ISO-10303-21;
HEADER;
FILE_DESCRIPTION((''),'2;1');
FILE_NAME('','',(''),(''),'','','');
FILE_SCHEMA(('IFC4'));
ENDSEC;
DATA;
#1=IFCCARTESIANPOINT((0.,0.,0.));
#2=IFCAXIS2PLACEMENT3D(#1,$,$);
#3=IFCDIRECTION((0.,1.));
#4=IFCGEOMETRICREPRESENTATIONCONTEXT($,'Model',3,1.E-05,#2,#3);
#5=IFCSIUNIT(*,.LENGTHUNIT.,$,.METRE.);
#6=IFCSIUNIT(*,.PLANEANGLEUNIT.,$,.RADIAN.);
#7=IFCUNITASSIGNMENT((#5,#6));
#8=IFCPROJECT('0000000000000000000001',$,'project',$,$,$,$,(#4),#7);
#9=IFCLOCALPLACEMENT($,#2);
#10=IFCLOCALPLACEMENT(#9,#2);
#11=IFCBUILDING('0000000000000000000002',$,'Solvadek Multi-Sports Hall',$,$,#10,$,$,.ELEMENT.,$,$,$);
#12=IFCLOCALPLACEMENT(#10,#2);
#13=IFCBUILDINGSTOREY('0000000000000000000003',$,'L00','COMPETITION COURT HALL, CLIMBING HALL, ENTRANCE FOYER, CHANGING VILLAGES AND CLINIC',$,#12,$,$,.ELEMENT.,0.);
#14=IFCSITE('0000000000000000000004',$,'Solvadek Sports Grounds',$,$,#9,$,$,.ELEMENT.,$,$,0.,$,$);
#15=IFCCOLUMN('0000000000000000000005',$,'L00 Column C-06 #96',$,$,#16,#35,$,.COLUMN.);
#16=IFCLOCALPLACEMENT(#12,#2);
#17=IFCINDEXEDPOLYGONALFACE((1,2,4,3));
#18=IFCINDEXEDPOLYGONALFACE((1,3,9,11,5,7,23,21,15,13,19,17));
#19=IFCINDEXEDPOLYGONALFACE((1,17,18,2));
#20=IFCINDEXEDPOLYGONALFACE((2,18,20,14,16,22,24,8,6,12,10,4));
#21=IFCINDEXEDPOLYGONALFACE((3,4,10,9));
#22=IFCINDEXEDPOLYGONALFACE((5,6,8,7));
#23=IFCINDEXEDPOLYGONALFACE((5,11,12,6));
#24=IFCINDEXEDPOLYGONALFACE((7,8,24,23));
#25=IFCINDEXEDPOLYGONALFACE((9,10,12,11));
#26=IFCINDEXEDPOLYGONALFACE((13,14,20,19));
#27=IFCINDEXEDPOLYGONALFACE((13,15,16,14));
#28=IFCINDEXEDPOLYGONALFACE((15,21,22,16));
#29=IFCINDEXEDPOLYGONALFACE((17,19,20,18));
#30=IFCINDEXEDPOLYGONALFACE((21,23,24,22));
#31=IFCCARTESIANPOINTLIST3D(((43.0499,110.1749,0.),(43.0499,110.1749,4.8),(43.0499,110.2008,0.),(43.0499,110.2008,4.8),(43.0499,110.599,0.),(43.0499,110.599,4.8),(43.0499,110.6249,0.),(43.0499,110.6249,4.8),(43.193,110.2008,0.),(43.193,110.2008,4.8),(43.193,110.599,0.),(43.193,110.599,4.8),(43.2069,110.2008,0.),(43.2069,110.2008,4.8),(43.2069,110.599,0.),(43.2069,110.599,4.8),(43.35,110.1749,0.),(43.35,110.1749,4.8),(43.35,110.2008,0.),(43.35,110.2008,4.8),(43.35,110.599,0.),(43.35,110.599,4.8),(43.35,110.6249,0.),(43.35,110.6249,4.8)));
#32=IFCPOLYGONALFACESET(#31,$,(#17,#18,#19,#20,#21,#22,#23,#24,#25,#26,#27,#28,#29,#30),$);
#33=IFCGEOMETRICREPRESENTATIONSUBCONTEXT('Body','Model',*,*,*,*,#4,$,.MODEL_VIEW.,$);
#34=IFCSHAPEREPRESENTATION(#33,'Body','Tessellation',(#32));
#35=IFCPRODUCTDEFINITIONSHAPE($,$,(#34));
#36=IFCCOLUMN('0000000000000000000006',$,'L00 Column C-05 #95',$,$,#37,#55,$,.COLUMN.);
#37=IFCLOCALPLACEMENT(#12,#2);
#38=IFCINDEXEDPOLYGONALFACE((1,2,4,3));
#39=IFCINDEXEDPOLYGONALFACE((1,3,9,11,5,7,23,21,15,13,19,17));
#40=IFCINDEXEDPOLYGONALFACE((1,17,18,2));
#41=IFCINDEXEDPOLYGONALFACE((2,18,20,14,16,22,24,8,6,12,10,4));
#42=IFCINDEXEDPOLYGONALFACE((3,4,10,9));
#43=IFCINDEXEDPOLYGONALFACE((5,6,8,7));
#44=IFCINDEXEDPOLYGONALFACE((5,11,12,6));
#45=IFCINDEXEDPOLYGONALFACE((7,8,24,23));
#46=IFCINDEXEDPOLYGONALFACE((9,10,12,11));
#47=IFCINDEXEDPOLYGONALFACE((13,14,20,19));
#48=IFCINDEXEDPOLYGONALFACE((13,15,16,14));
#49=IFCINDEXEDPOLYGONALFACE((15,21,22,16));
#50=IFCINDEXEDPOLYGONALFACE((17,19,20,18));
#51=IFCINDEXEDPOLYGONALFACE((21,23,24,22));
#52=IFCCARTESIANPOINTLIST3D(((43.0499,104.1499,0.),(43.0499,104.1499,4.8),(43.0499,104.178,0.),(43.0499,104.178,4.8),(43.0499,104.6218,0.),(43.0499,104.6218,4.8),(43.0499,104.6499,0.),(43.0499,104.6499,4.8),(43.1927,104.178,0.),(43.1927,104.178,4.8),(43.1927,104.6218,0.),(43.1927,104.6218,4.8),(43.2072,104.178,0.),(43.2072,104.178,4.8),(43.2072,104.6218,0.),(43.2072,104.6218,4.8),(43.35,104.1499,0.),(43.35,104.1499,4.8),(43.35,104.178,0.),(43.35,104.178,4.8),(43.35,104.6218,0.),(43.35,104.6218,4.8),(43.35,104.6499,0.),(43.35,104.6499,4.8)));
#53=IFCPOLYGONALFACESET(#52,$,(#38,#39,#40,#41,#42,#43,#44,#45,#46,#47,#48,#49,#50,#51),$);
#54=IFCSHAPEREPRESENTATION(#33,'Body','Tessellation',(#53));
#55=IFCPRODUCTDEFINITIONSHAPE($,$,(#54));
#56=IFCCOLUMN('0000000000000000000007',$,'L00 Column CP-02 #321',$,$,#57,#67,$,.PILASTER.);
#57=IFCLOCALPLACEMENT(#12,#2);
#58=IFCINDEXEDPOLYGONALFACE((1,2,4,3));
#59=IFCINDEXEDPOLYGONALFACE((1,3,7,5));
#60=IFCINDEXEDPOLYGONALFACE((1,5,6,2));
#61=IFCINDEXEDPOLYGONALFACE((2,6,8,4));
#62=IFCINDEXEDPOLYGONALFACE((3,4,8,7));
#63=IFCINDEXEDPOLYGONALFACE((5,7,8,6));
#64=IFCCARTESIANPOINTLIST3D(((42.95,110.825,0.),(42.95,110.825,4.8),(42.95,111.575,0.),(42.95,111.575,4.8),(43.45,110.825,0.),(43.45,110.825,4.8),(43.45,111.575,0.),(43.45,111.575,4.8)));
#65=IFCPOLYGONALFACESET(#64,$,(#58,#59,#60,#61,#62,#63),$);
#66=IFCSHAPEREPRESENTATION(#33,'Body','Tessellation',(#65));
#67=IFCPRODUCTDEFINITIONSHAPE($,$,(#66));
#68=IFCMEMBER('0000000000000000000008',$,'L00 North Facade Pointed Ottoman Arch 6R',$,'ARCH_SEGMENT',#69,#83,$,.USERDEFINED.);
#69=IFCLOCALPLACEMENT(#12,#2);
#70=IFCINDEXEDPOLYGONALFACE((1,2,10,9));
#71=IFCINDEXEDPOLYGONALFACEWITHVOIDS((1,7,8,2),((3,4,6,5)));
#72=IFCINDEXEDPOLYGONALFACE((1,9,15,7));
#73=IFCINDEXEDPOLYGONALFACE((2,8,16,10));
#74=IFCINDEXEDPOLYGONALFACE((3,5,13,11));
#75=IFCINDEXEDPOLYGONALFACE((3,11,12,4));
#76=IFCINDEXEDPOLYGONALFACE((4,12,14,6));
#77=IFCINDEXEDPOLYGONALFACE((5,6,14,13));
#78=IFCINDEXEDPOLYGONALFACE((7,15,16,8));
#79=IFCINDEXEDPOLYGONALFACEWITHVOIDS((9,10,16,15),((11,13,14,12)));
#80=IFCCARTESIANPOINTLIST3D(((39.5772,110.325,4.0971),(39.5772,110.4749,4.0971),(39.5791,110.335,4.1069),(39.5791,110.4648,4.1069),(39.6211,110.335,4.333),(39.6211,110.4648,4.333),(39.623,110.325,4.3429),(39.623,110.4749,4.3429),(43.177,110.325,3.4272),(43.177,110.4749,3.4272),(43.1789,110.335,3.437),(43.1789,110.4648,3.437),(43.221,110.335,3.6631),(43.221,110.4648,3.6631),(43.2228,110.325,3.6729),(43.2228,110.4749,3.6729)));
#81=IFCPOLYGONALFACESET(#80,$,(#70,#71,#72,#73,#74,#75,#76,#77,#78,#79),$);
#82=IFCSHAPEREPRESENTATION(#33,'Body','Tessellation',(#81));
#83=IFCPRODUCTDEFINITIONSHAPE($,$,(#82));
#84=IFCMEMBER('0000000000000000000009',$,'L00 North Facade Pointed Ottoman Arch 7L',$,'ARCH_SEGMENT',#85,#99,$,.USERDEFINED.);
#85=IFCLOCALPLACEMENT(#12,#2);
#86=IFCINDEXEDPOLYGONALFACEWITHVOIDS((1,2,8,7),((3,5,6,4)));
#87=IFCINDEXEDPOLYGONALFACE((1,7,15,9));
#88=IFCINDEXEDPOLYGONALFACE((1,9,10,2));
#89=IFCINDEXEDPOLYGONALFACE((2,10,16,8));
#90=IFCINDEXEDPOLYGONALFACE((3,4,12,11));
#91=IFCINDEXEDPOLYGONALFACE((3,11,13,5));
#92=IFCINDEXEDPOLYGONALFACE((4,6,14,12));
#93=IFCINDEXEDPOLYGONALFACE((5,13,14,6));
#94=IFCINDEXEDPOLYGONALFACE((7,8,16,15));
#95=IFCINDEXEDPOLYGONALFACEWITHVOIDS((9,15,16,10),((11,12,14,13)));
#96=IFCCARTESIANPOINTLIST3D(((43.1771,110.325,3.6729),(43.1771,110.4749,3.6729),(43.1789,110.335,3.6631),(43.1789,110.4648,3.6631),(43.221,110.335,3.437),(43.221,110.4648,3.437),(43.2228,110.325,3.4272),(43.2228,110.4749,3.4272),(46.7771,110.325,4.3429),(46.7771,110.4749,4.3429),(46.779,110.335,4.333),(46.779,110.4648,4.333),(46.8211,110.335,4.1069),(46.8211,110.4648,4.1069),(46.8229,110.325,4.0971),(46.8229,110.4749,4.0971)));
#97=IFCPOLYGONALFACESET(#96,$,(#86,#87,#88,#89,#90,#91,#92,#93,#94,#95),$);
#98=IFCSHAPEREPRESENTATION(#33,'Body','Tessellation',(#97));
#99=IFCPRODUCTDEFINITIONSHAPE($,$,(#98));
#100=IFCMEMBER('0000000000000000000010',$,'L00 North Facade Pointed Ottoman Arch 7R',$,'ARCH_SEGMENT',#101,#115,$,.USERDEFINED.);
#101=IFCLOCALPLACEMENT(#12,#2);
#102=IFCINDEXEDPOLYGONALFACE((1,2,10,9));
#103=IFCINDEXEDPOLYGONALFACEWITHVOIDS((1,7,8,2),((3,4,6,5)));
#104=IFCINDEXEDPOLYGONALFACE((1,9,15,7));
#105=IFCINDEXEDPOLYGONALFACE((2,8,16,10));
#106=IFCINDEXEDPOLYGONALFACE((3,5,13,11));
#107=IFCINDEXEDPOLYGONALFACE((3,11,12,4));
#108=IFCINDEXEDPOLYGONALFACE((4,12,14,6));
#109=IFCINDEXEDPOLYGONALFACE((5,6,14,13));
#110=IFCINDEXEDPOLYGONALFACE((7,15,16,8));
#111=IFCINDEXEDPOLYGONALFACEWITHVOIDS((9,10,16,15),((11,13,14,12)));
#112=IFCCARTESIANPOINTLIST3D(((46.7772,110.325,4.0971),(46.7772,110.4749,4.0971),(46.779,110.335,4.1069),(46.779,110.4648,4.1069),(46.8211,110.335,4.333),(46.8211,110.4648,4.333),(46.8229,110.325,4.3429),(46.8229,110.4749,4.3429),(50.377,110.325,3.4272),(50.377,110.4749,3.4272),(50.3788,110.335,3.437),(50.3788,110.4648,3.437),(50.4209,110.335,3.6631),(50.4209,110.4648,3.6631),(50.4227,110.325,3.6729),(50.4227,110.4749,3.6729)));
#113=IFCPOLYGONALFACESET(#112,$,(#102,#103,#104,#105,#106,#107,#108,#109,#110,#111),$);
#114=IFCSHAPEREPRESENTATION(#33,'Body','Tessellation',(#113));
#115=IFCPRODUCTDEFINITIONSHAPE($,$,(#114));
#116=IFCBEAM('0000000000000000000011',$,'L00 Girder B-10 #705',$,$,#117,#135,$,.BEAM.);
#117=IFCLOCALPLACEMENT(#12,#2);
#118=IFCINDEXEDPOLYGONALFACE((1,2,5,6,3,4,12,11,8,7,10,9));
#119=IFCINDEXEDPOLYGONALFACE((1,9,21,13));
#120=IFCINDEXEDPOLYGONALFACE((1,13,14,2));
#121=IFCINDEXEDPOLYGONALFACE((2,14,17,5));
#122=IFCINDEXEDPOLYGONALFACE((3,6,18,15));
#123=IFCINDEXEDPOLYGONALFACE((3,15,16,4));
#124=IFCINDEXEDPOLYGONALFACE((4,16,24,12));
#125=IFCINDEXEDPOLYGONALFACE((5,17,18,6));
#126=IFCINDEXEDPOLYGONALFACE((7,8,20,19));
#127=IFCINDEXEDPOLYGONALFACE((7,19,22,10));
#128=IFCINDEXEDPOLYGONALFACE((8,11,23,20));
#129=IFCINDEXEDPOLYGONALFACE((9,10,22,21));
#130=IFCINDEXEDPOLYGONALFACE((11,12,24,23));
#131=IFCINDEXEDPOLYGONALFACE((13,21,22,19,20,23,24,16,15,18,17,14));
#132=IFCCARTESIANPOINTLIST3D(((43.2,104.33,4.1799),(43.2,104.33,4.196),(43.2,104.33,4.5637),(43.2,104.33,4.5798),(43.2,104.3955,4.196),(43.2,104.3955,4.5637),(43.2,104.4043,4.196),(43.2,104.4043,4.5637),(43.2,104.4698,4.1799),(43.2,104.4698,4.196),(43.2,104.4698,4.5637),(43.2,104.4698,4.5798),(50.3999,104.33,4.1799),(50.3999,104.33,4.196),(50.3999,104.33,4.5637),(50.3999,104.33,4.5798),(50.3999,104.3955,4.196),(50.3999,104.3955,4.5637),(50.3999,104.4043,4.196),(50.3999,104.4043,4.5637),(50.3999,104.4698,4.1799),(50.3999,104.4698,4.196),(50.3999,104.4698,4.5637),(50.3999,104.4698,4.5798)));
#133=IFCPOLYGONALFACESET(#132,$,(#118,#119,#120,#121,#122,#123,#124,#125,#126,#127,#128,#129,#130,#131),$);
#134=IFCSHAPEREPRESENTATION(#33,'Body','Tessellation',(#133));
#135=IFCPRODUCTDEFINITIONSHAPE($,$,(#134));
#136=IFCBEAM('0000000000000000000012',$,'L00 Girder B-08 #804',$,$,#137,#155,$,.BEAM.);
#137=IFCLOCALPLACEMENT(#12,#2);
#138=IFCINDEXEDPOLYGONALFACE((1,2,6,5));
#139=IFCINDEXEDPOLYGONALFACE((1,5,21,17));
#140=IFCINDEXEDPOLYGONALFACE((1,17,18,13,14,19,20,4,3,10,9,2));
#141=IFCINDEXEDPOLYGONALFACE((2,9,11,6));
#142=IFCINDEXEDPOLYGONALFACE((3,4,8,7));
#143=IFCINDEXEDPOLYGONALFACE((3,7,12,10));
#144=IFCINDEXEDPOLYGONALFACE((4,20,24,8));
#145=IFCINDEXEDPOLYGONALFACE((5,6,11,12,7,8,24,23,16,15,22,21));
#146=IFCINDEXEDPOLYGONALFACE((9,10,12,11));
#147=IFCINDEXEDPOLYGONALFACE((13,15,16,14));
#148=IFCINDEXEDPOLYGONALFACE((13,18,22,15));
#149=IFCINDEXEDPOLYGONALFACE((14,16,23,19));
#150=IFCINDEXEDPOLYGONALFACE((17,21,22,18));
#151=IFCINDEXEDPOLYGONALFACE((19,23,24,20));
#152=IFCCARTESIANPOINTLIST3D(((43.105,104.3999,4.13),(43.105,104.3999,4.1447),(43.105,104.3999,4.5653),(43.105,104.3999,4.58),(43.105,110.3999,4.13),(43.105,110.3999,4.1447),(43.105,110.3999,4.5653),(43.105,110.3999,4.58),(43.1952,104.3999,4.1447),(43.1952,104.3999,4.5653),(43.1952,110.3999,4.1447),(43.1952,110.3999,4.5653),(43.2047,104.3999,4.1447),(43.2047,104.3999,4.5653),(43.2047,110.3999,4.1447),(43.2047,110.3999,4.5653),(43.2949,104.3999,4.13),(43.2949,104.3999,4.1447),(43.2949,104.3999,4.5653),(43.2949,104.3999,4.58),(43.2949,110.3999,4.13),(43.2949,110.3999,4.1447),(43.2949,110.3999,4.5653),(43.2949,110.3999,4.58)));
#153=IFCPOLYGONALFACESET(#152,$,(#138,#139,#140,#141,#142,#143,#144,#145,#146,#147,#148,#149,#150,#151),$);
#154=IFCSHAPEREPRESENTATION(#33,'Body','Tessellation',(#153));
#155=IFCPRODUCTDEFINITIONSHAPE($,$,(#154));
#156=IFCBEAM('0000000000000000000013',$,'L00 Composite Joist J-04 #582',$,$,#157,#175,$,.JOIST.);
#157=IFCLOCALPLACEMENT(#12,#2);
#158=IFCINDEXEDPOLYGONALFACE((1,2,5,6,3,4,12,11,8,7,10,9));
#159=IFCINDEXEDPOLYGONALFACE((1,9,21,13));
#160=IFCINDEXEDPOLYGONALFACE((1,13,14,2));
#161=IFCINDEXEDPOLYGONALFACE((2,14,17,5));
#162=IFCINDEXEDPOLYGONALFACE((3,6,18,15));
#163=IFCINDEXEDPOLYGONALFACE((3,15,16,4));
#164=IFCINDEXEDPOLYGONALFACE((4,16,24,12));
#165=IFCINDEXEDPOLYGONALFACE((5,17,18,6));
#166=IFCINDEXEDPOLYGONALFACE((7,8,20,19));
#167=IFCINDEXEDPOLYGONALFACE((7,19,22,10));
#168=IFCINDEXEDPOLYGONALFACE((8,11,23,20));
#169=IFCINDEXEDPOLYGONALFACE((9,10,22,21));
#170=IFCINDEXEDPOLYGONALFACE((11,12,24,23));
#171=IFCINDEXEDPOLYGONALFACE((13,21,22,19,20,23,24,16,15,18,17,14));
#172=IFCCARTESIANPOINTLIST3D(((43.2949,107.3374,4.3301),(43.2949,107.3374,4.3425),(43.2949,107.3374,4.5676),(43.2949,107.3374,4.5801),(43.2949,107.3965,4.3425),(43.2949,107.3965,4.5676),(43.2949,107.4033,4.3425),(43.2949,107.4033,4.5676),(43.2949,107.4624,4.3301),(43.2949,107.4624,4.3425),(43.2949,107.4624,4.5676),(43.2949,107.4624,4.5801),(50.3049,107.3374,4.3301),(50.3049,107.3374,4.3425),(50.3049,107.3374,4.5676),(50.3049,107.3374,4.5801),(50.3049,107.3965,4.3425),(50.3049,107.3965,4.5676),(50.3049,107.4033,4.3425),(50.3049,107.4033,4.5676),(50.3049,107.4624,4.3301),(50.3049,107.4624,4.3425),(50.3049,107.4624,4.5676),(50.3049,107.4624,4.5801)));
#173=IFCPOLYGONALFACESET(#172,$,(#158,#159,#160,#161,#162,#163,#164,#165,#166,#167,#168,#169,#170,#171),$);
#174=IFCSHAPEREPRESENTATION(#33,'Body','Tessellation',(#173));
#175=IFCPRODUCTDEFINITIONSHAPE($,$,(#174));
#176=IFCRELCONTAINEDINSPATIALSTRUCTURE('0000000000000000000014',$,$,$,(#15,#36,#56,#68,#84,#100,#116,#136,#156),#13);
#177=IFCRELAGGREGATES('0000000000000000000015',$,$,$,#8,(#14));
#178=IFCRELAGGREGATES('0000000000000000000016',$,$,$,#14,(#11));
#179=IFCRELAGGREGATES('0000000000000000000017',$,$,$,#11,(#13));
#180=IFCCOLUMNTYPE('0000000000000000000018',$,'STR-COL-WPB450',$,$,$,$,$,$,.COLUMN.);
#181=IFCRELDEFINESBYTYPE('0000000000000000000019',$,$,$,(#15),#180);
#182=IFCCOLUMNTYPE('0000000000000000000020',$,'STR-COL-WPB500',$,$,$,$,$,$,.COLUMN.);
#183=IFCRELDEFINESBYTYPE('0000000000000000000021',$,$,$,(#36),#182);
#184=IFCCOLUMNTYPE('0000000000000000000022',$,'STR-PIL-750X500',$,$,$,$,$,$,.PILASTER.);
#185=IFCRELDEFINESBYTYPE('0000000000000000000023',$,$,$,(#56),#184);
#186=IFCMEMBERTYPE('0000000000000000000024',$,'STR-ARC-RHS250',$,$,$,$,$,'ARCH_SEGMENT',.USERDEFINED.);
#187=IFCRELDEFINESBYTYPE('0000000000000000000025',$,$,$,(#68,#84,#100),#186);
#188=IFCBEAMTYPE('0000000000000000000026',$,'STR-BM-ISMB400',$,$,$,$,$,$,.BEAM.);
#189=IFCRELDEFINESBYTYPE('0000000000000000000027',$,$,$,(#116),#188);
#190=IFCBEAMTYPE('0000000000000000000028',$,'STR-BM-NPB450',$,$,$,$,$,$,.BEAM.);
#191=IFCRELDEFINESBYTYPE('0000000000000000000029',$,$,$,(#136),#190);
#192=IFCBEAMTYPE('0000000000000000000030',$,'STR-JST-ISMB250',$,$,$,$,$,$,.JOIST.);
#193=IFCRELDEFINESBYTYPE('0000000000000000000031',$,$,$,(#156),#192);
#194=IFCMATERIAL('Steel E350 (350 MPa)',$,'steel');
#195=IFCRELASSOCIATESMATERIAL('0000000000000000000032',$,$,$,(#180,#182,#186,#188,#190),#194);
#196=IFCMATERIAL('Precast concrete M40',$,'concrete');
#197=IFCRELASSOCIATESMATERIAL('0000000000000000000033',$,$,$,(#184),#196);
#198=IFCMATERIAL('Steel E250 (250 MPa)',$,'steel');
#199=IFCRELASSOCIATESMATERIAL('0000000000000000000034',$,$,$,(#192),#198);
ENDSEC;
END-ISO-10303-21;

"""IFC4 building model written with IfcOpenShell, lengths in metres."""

from ifc_helpers import new_model, si_unit, direction, frame, origin, origin_2d, place, context, subcontext, project, spatial, rectangle, hollow_rectangle, i_section, extrude, material, material_profile, profile_set, type_object, element, save


model = new_model("IFC4")

# Units and contexts
model_context = context("Model", 3, precision=1e-05, world=origin(), true_north=direction((0.0, 1.0)))
body_context = subcontext(model_context, "Body", "Model", "MODEL_VIEW")
ifc_project = project(units=[si_unit("LENGTHUNIT", "METRE"), si_unit("PLANEANGLEUNIT", "RADIAN")], contexts=[model_context])

# Site, building, storey
site_placement = place(None, origin())
site = spatial("IfcSite", under=ifc_project, at=site_placement, Name="Solvadek Sports Grounds", CompositionType="ELEMENT", RefElevation=0.0)
building_placement = place(site_placement, origin())
building = spatial("IfcBuilding", under=site, at=building_placement, Name="Solvadek Multi-Sports Hall", CompositionType="ELEMENT")
storey_placement = place(building_placement, origin())
storey = spatial("IfcBuildingStorey", under=building, at=storey_placement, Name="L00", Description="COMPETITION COURT HALL, CLIMBING HALL, ENTRANCE FOYER, CHANGING VILLAGES AND CLINIC", CompositionType="ELEMENT", Elevation=0.0)

# Columns
ifc_material_1 = material(Name="Steel E350 (350 MPa)", Category="steel")
ifc_material_profile_1 = material_profile(ifc_material_1, i_section(OverallWidth=0.3, OverallDepth=0.45, WebThickness=0.0139, FlangeThickness=0.0259, at=origin_2d()), Name="WPB 450")
ifc_profile_set_1 = profile_set([ifc_material_profile_1], Name="Steel E350 (350 MPa)")
column_type_1 = type_object("IfcColumnType", Name="STR-COL-WPB450", PredefinedType="COLUMN", material=ifc_profile_set_1)
column_1_placement = place(storey_placement, frame((43.2, 110.3999, 0.0), z_axis=(0.0, 0.0, 1.0), x_axis=(1.0, 0.0, 0.0)))
element("IfcColumn", 1, at=column_1_placement, inside=storey, type_object=column_type_1, Name="L00 Column C-06 #96", PredefinedType="COLUMN", context=body_context, shape_type="SweptSolid", body=[
    extrude(i_section(OverallWidth=0.3, OverallDepth=0.45, WebThickness=0.0139, FlangeThickness=0.0259, at=origin_2d()), origin(), (0.0, 0.0, 1.0), 4.8),
])
ifc_material_profile_2 = material_profile(ifc_material_1, i_section(OverallWidth=0.3, OverallDepth=0.5, WebThickness=0.0144, FlangeThickness=0.0281, at=origin_2d()), Name="WPB 500")
ifc_profile_set_2 = profile_set([ifc_material_profile_2], Name="Steel E350 (350 MPa)")
column_type_2 = type_object("IfcColumnType", Name="STR-COL-WPB500", PredefinedType="COLUMN", material=ifc_profile_set_2)
column_2_placement = place(storey_placement, frame((43.2, 104.3999, 0.0), z_axis=(0.0, 0.0, 1.0), x_axis=(1.0, 0.0, 0.0)))
element("IfcColumn", 2, at=column_2_placement, inside=storey, type_object=column_type_2, Name="L00 Column C-05 #95", PredefinedType="COLUMN", context=body_context, shape_type="SweptSolid", body=[
    extrude(i_section(OverallWidth=0.3, OverallDepth=0.5, WebThickness=0.0144, FlangeThickness=0.0281, at=origin_2d()), origin(), (0.0, 0.0, 1.0), 4.8),
])
ifc_material_2 = material(Name="Precast concrete M40", Category="concrete")
ifc_material_profile_3 = material_profile(ifc_material_2, rectangle(XDim=0.5, YDim=0.75, at=origin_2d()), Name="RC PILASTER 750x500")
ifc_profile_set_3 = profile_set([ifc_material_profile_3], Name="Precast concrete M40")
column_type_3 = type_object("IfcColumnType", Name="STR-PIL-750X500", PredefinedType="PILASTER", material=ifc_profile_set_3)
column_3_placement = place(storey_placement, frame((43.2, 111.2, 0.0), z_axis=(0.0, 0.0, 1.0), x_axis=(1.0, 0.0, 0.0)))
element("IfcColumn", 3, at=column_3_placement, inside=storey, type_object=column_type_3, Name="L00 Column CP-02 #321", PredefinedType="PILASTER", context=body_context, shape_type="SweptSolid", body=[
    extrude(rectangle(XDim=0.5, YDim=0.75, at=origin_2d()), origin(), (0.0, 0.0, 1.0), 4.8),
])

# Members
ifc_material_profile_4 = material_profile(ifc_material_1, hollow_rectangle(XDim=0.1499, YDim=0.25, WallThickness=0.01, at=origin_2d()), Name="RHS 250x150x10")
ifc_profile_set_4 = profile_set([ifc_material_profile_4], Name="Steel E350 (350 MPa)")
member_type = type_object("IfcMemberType", Name="STR-ARC-RHS250", ElementType="ARCH_SEGMENT", PredefinedType="USERDEFINED", material=ifc_profile_set_4)
member_1_placement = place(storey_placement, frame((39.6001, 110.3999, 4.22), z_axis=(0.983121, 0.0, -0.182956), x_axis=(0.0, 1.0, 0.0)))
element("IfcMember", 4, at=member_1_placement, inside=storey, type_object=member_type, Name="L00 North Facade Pointed Ottoman Arch 6R", ObjectType="ARCH_SEGMENT", PredefinedType="USERDEFINED", context=body_context, shape_type="SweptSolid", body=[
    extrude(hollow_rectangle(XDim=0.1499, YDim=0.25, WallThickness=0.01, at=origin_2d()), origin(), (0.0, 0.0, 1.0), 3.6616),
])
member_2_placement = place(storey_placement, frame((43.2, 110.3999, 3.55), z_axis=(0.983123, 0.0, 0.182944), x_axis=(0.0, 1.0, 0.0)))
element("IfcMember", 5, at=member_2_placement, inside=storey, type_object=member_type, Name="L00 North Facade Pointed Ottoman Arch 7L", ObjectType="ARCH_SEGMENT", PredefinedType="USERDEFINED", context=body_context, shape_type="SweptSolid", body=[
    extrude(hollow_rectangle(XDim=0.1499, YDim=0.25, WallThickness=0.01, at=origin_2d()), origin(), (0.0, 0.0, 1.0), 3.6619),
])
member_3_placement = place(storey_placement, frame((46.8, 110.3999, 4.22), z_axis=(0.983121, 0.0, -0.182956), x_axis=(0.0, 1.0, 0.0)))
element("IfcMember", 6, at=member_3_placement, inside=storey, type_object=member_type, Name="L00 North Facade Pointed Ottoman Arch 7R", ObjectType="ARCH_SEGMENT", PredefinedType="USERDEFINED", context=body_context, shape_type="SweptSolid", body=[
    extrude(hollow_rectangle(XDim=0.1499, YDim=0.25, WallThickness=0.01, at=origin_2d()), origin(), (0.0, 0.0, 1.0), 3.6616),
])

# Beams
ifc_material_profile_5 = material_profile(ifc_material_1, i_section(OverallWidth=0.1399, OverallDepth=0.3999, WebThickness=0.0088, FlangeThickness=0.0161, at=origin_2d()), Name="ISMB 400")
ifc_profile_set_5 = profile_set([ifc_material_profile_5], Name="Steel E350 (350 MPa)")
beam_type_1 = type_object("IfcBeamType", Name="STR-BM-ISMB400", PredefinedType="BEAM", material=ifc_profile_set_5)
beam_1_placement = place(storey_placement, frame((43.2, 104.3999, 4.3799), z_axis=(1.0, 0.0, 0.0), x_axis=(0.0, 1.0, 0.0)))
element("IfcBeam", 7, at=beam_1_placement, inside=storey, type_object=beam_type_1, Name="L00 Girder B-10 #705", PredefinedType="BEAM", context=body_context, shape_type="SweptSolid", body=[
    extrude(i_section(OverallWidth=0.1399, OverallDepth=0.3999, WebThickness=0.0088, FlangeThickness=0.0161, at=origin_2d()), origin(), (0.0, 0.0, 1.0), 7.2),
])
ifc_material_profile_6 = material_profile(ifc_material_1, i_section(OverallWidth=0.1899, OverallDepth=0.45, WebThickness=0.0095, FlangeThickness=0.0146, at=origin_2d()), Name="NPB 450")
ifc_profile_set_6 = profile_set([ifc_material_profile_6], Name="Steel E350 (350 MPa)")
beam_type_2 = type_object("IfcBeamType", Name="STR-BM-NPB450", PredefinedType="BEAM", material=ifc_profile_set_6)
beam_2_placement = place(storey_placement, frame((43.2, 104.3999, 4.355), z_axis=(0.0, 1.0, 0.0), x_axis=(-1.0, 0.0, 0.0)))
element("IfcBeam", 8, at=beam_2_placement, inside=storey, type_object=beam_type_2, Name="L00 Girder B-08 #804", PredefinedType="BEAM", context=body_context, shape_type="SweptSolid", body=[
    extrude(i_section(OverallWidth=0.1899, OverallDepth=0.45, WebThickness=0.0095, FlangeThickness=0.0146, at=origin_2d()), origin(), (0.0, 0.0, 1.0), 6.0),
])
ifc_material_3 = material(Name="Steel E250 (250 MPa)", Category="steel")
ifc_material_profile_7 = material_profile(ifc_material_3, i_section(OverallWidth=0.125, OverallDepth=0.25, WebThickness=0.0068, FlangeThickness=0.0125, at=origin_2d()), Name="ISMB 250")
ifc_profile_set_7 = profile_set([ifc_material_profile_7], Name="Steel E250 (250 MPa)")
beam_type_3 = type_object("IfcBeamType", Name="STR-JST-ISMB250", PredefinedType="JOIST", material=ifc_profile_set_7)
beam_3_placement = place(storey_placement, frame((43.2949, 107.3999, 4.4551), z_axis=(1.0, 0.0, 0.0), x_axis=(0.0, 1.0, 0.0)))
element("IfcBeam", 9, at=beam_3_placement, inside=storey, type_object=beam_type_3, Name="L00 Composite Joist J-04 #582", PredefinedType="JOIST", context=body_context, shape_type="SweptSolid", body=[
    extrude(i_section(OverallWidth=0.125, OverallDepth=0.25, WebThickness=0.0068, FlangeThickness=0.0125, at=origin_2d()), origin(), (0.0, 0.0, 1.0), 7.01),
])

save(model, "model.ifc")
